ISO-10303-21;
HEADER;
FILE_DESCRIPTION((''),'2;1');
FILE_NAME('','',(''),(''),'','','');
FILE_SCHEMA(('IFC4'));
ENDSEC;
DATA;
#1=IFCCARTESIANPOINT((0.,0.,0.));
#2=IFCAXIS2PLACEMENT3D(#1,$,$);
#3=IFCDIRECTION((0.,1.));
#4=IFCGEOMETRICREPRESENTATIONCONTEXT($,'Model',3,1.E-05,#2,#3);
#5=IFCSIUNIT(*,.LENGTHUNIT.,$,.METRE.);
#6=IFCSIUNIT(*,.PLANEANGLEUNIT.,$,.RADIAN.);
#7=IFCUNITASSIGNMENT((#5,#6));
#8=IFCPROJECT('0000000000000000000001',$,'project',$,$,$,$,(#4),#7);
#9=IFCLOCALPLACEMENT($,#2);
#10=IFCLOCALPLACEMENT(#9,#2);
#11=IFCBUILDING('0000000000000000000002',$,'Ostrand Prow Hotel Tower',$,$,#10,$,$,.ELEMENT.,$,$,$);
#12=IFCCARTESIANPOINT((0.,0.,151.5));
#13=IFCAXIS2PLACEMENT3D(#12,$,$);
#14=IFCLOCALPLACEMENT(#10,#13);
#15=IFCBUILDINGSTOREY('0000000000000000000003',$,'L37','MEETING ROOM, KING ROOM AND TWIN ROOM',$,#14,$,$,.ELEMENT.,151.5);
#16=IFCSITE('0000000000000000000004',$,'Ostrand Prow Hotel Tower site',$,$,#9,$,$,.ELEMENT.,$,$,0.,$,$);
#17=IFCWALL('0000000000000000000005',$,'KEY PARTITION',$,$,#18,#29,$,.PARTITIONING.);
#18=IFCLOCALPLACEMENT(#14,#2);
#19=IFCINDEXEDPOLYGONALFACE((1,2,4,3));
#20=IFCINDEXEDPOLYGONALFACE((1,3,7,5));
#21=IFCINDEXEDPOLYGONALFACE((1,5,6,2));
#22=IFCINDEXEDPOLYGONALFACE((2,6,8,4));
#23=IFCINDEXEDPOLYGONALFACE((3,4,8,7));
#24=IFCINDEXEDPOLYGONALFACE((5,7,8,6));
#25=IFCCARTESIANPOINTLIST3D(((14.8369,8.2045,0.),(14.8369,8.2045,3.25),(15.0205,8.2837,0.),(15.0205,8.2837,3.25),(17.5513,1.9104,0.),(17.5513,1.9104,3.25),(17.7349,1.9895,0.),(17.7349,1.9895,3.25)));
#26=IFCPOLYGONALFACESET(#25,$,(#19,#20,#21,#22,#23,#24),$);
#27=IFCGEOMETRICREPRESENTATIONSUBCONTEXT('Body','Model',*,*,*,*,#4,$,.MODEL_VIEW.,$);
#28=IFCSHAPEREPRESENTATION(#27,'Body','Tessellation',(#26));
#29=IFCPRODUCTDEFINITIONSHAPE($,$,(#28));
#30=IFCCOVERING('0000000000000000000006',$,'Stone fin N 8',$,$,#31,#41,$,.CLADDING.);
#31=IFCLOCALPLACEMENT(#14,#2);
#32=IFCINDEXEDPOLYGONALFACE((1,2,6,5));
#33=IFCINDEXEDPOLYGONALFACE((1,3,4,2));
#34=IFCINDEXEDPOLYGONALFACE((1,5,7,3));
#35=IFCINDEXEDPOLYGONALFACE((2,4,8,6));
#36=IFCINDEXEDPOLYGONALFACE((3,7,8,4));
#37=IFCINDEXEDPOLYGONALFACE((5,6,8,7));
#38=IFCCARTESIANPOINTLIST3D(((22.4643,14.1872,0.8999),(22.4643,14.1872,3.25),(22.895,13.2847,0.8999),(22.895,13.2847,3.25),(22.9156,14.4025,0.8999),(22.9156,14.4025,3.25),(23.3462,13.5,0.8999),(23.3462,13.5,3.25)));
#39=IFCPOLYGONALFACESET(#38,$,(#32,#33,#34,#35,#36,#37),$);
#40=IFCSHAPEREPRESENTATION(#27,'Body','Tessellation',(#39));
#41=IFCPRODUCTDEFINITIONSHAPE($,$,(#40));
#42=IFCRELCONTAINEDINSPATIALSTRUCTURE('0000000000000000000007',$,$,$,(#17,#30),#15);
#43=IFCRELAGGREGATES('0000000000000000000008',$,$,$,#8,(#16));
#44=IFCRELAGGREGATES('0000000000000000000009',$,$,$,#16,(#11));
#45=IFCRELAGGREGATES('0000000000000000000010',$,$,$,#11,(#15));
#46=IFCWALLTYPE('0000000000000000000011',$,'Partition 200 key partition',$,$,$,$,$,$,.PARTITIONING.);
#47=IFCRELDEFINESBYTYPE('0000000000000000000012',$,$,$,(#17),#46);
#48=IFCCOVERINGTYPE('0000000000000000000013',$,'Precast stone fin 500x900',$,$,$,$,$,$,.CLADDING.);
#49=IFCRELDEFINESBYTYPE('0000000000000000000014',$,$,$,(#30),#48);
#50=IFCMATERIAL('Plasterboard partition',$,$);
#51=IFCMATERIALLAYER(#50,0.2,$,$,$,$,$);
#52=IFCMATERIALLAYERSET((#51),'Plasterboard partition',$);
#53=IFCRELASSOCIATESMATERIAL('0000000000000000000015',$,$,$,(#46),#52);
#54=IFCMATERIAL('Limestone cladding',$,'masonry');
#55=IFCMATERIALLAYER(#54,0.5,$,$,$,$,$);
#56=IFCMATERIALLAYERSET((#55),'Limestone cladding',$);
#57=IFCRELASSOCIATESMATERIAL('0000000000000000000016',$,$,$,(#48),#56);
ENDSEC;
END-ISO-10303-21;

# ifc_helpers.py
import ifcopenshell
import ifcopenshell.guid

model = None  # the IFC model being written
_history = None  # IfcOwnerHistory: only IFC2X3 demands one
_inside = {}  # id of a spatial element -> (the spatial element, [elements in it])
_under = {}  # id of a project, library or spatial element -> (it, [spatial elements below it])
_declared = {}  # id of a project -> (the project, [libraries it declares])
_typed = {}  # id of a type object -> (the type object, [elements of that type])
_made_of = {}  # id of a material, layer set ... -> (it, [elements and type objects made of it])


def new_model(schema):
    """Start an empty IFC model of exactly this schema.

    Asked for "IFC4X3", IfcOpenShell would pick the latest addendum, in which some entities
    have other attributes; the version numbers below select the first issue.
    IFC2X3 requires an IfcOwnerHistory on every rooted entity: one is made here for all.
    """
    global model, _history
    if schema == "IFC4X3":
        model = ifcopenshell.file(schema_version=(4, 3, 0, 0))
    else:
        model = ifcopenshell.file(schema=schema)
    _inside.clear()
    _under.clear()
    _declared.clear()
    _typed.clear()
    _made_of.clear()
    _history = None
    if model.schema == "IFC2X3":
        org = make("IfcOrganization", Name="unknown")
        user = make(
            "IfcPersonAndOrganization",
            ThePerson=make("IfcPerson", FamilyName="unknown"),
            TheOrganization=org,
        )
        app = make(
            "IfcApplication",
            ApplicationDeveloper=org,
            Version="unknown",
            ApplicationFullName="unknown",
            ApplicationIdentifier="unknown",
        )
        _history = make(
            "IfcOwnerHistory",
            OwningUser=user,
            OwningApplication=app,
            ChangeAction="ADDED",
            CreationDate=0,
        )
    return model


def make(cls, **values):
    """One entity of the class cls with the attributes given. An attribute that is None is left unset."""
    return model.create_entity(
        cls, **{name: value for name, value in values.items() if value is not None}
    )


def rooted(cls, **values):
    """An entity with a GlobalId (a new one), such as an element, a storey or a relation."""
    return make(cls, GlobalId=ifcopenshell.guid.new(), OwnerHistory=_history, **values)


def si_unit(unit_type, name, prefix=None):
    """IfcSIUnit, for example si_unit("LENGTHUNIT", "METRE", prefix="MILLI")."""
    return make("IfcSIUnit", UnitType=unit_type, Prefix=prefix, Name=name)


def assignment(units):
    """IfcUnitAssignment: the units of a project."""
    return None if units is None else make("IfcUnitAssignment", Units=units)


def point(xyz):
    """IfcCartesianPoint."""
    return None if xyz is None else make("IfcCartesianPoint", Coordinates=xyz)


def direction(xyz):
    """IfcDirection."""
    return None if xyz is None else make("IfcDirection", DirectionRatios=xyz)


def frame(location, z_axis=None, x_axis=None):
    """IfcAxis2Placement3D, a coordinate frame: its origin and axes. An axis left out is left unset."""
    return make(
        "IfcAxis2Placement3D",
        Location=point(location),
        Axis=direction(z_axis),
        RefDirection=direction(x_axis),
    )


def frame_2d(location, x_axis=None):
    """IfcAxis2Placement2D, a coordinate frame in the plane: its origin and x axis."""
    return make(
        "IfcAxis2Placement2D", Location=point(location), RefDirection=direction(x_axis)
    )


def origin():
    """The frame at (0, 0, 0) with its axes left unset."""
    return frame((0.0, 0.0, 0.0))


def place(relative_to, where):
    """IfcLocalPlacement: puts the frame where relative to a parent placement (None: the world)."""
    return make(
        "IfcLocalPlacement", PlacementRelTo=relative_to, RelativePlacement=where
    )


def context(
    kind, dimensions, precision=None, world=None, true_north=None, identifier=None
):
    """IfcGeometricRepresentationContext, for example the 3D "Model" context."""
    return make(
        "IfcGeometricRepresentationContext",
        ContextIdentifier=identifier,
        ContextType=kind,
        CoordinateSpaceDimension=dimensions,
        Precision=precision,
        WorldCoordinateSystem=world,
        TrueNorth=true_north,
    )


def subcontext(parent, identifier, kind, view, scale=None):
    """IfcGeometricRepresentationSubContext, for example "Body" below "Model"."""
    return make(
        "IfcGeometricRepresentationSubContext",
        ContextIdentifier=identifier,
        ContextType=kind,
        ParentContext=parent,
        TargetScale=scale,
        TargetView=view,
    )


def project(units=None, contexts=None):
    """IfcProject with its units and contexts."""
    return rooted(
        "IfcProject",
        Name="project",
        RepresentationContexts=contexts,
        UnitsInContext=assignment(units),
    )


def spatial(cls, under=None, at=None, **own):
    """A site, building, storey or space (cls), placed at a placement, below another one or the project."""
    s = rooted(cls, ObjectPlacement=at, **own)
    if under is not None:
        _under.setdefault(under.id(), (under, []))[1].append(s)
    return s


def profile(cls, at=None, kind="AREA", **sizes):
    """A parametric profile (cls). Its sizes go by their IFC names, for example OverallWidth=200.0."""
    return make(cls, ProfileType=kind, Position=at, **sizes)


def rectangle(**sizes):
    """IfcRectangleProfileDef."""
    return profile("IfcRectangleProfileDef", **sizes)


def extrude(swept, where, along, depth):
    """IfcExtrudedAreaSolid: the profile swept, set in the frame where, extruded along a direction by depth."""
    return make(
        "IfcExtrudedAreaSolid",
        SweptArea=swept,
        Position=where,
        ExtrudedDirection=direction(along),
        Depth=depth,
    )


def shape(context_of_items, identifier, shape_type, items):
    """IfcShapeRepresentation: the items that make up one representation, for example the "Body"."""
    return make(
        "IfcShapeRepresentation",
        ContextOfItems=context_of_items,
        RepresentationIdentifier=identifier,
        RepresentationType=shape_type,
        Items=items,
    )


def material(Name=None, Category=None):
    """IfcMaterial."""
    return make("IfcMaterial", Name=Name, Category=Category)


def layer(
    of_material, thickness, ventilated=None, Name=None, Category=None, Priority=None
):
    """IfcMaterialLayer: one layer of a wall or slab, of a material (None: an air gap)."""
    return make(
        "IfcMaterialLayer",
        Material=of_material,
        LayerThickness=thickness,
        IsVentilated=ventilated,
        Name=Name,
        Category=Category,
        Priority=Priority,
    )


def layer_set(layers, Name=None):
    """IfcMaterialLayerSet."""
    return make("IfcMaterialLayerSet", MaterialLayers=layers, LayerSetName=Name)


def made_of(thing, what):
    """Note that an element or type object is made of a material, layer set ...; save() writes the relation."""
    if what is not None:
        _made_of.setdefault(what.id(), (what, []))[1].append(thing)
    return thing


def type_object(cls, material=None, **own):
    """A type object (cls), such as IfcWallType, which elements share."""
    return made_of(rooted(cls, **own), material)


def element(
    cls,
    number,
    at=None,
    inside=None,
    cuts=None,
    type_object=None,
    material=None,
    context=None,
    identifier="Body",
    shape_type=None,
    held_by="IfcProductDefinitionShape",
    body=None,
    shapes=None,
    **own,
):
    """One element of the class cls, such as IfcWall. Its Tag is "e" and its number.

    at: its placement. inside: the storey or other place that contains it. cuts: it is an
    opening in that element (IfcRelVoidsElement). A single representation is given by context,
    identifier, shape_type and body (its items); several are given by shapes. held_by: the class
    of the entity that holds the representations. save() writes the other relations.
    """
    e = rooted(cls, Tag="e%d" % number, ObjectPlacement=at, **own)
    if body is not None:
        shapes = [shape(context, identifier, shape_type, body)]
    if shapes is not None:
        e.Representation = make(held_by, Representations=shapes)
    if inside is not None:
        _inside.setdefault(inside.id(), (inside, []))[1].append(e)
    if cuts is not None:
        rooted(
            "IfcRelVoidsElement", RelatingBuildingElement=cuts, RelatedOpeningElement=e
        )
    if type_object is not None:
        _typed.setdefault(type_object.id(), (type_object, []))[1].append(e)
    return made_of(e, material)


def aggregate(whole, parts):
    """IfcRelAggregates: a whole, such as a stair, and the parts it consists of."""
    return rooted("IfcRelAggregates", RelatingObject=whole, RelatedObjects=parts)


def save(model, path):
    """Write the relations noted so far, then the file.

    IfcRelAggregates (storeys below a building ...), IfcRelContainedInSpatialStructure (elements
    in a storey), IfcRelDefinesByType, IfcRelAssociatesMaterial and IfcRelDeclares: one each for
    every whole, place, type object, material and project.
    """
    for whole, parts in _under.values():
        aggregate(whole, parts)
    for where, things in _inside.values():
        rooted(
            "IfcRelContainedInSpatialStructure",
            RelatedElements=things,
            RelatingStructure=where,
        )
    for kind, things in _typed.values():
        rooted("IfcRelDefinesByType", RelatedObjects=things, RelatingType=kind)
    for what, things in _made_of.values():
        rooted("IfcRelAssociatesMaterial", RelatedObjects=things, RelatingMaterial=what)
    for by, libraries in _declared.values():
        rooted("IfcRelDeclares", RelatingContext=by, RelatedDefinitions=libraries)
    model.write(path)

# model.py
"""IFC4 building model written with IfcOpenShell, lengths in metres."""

from ifc_helpers import new_model, si_unit, direction, frame, frame_2d, origin, place, context, subcontext, project, spatial, rectangle, extrude, material, layer, layer_set, type_object, element, save


model = new_model("IFC4")

# Units and contexts
model_context = context("Model", 3, precision=1e-05, world=origin(), true_north=direction((0.0, 1.0)))
body_context = subcontext(model_context, "Body", "Model", "MODEL_VIEW")
ifc_project = project(units=[si_unit("LENGTHUNIT", "METRE"), si_unit("PLANEANGLEUNIT", "RADIAN")], contexts=[model_context])

# Site, building, storey
site_placement = place(None, origin())
site = spatial("IfcSite", under=ifc_project, at=site_placement, Name="Ostrand Prow Hotel Tower site", CompositionType="ELEMENT", RefElevation=0.0)
building_placement = place(site_placement, origin())
building = spatial("IfcBuilding", under=site, at=building_placement, Name="Ostrand Prow Hotel Tower", CompositionType="ELEMENT")
storey_placement = place(building_placement, frame((0.0, 0.0, 151.5)))
storey = spatial("IfcBuildingStorey", under=building, at=storey_placement, Name="L37", Description="MEETING ROOM, KING ROOM AND TWIN ROOM", CompositionType="ELEMENT", Elevation=151.5)

# Wall
ifc_material_1 = material(Name="Plasterboard partition")
ifc_layer_1 = layer(ifc_material_1, 0.2)
ifc_layer_set_1 = layer_set([ifc_layer_1], Name="Plasterboard partition")
wall_type_1 = type_object("IfcWallType", Name="Partition 200 key partition", PredefinedType="PARTITIONING", material=ifc_layer_set_1)
wall_1_placement = place(storey_placement, frame((17.6431, 1.95, 0.0), z_axis=(0.0, 0.0, 1.0), x_axis=(-0.395995, 0.918253, 0.0)))
element("IfcWall", 1, at=wall_1_placement, inside=storey, type_object=wall_type_1, Name="KEY PARTITION", PredefinedType="PARTITIONING", context=body_context, shape_type="SweptSolid", body=[
    extrude(rectangle(XDim=6.8545, YDim=0.2, at=frame_2d((3.4272, 0.0))), origin(), (0.0, 0.0, 1.0), 3.25),
])

# Covering
ifc_material_2 = material(Name="Limestone cladding", Category="masonry")
ifc_layer_2 = layer(ifc_material_2, 0.5)
ifc_layer_set_2 = layer_set([ifc_layer_2], Name="Limestone cladding")
covering_type = type_object("IfcCoveringType", Name="Precast stone fin 500x900", PredefinedType="CLADDING", material=ifc_layer_set_2)
covering_placement = place(storey_placement, frame((23.1206, 13.3923, 0.8999), z_axis=(0.0, 0.0, 1.0), x_axis=(-0.430635, 0.902526, 0.0)))
element("IfcCovering", 2, at=covering_placement, inside=storey, type_object=covering_type, Name="Stone fin N 8", PredefinedType="CLADDING", context=body_context, shape_type="SweptSolid", body=[
    extrude(rectangle(XDim=1.0, YDim=0.5, at=frame_2d((0.5, 0.0))), origin(), (0.0, 0.0, 1.0), 2.3501),
])

save(model, "model.ifc")
